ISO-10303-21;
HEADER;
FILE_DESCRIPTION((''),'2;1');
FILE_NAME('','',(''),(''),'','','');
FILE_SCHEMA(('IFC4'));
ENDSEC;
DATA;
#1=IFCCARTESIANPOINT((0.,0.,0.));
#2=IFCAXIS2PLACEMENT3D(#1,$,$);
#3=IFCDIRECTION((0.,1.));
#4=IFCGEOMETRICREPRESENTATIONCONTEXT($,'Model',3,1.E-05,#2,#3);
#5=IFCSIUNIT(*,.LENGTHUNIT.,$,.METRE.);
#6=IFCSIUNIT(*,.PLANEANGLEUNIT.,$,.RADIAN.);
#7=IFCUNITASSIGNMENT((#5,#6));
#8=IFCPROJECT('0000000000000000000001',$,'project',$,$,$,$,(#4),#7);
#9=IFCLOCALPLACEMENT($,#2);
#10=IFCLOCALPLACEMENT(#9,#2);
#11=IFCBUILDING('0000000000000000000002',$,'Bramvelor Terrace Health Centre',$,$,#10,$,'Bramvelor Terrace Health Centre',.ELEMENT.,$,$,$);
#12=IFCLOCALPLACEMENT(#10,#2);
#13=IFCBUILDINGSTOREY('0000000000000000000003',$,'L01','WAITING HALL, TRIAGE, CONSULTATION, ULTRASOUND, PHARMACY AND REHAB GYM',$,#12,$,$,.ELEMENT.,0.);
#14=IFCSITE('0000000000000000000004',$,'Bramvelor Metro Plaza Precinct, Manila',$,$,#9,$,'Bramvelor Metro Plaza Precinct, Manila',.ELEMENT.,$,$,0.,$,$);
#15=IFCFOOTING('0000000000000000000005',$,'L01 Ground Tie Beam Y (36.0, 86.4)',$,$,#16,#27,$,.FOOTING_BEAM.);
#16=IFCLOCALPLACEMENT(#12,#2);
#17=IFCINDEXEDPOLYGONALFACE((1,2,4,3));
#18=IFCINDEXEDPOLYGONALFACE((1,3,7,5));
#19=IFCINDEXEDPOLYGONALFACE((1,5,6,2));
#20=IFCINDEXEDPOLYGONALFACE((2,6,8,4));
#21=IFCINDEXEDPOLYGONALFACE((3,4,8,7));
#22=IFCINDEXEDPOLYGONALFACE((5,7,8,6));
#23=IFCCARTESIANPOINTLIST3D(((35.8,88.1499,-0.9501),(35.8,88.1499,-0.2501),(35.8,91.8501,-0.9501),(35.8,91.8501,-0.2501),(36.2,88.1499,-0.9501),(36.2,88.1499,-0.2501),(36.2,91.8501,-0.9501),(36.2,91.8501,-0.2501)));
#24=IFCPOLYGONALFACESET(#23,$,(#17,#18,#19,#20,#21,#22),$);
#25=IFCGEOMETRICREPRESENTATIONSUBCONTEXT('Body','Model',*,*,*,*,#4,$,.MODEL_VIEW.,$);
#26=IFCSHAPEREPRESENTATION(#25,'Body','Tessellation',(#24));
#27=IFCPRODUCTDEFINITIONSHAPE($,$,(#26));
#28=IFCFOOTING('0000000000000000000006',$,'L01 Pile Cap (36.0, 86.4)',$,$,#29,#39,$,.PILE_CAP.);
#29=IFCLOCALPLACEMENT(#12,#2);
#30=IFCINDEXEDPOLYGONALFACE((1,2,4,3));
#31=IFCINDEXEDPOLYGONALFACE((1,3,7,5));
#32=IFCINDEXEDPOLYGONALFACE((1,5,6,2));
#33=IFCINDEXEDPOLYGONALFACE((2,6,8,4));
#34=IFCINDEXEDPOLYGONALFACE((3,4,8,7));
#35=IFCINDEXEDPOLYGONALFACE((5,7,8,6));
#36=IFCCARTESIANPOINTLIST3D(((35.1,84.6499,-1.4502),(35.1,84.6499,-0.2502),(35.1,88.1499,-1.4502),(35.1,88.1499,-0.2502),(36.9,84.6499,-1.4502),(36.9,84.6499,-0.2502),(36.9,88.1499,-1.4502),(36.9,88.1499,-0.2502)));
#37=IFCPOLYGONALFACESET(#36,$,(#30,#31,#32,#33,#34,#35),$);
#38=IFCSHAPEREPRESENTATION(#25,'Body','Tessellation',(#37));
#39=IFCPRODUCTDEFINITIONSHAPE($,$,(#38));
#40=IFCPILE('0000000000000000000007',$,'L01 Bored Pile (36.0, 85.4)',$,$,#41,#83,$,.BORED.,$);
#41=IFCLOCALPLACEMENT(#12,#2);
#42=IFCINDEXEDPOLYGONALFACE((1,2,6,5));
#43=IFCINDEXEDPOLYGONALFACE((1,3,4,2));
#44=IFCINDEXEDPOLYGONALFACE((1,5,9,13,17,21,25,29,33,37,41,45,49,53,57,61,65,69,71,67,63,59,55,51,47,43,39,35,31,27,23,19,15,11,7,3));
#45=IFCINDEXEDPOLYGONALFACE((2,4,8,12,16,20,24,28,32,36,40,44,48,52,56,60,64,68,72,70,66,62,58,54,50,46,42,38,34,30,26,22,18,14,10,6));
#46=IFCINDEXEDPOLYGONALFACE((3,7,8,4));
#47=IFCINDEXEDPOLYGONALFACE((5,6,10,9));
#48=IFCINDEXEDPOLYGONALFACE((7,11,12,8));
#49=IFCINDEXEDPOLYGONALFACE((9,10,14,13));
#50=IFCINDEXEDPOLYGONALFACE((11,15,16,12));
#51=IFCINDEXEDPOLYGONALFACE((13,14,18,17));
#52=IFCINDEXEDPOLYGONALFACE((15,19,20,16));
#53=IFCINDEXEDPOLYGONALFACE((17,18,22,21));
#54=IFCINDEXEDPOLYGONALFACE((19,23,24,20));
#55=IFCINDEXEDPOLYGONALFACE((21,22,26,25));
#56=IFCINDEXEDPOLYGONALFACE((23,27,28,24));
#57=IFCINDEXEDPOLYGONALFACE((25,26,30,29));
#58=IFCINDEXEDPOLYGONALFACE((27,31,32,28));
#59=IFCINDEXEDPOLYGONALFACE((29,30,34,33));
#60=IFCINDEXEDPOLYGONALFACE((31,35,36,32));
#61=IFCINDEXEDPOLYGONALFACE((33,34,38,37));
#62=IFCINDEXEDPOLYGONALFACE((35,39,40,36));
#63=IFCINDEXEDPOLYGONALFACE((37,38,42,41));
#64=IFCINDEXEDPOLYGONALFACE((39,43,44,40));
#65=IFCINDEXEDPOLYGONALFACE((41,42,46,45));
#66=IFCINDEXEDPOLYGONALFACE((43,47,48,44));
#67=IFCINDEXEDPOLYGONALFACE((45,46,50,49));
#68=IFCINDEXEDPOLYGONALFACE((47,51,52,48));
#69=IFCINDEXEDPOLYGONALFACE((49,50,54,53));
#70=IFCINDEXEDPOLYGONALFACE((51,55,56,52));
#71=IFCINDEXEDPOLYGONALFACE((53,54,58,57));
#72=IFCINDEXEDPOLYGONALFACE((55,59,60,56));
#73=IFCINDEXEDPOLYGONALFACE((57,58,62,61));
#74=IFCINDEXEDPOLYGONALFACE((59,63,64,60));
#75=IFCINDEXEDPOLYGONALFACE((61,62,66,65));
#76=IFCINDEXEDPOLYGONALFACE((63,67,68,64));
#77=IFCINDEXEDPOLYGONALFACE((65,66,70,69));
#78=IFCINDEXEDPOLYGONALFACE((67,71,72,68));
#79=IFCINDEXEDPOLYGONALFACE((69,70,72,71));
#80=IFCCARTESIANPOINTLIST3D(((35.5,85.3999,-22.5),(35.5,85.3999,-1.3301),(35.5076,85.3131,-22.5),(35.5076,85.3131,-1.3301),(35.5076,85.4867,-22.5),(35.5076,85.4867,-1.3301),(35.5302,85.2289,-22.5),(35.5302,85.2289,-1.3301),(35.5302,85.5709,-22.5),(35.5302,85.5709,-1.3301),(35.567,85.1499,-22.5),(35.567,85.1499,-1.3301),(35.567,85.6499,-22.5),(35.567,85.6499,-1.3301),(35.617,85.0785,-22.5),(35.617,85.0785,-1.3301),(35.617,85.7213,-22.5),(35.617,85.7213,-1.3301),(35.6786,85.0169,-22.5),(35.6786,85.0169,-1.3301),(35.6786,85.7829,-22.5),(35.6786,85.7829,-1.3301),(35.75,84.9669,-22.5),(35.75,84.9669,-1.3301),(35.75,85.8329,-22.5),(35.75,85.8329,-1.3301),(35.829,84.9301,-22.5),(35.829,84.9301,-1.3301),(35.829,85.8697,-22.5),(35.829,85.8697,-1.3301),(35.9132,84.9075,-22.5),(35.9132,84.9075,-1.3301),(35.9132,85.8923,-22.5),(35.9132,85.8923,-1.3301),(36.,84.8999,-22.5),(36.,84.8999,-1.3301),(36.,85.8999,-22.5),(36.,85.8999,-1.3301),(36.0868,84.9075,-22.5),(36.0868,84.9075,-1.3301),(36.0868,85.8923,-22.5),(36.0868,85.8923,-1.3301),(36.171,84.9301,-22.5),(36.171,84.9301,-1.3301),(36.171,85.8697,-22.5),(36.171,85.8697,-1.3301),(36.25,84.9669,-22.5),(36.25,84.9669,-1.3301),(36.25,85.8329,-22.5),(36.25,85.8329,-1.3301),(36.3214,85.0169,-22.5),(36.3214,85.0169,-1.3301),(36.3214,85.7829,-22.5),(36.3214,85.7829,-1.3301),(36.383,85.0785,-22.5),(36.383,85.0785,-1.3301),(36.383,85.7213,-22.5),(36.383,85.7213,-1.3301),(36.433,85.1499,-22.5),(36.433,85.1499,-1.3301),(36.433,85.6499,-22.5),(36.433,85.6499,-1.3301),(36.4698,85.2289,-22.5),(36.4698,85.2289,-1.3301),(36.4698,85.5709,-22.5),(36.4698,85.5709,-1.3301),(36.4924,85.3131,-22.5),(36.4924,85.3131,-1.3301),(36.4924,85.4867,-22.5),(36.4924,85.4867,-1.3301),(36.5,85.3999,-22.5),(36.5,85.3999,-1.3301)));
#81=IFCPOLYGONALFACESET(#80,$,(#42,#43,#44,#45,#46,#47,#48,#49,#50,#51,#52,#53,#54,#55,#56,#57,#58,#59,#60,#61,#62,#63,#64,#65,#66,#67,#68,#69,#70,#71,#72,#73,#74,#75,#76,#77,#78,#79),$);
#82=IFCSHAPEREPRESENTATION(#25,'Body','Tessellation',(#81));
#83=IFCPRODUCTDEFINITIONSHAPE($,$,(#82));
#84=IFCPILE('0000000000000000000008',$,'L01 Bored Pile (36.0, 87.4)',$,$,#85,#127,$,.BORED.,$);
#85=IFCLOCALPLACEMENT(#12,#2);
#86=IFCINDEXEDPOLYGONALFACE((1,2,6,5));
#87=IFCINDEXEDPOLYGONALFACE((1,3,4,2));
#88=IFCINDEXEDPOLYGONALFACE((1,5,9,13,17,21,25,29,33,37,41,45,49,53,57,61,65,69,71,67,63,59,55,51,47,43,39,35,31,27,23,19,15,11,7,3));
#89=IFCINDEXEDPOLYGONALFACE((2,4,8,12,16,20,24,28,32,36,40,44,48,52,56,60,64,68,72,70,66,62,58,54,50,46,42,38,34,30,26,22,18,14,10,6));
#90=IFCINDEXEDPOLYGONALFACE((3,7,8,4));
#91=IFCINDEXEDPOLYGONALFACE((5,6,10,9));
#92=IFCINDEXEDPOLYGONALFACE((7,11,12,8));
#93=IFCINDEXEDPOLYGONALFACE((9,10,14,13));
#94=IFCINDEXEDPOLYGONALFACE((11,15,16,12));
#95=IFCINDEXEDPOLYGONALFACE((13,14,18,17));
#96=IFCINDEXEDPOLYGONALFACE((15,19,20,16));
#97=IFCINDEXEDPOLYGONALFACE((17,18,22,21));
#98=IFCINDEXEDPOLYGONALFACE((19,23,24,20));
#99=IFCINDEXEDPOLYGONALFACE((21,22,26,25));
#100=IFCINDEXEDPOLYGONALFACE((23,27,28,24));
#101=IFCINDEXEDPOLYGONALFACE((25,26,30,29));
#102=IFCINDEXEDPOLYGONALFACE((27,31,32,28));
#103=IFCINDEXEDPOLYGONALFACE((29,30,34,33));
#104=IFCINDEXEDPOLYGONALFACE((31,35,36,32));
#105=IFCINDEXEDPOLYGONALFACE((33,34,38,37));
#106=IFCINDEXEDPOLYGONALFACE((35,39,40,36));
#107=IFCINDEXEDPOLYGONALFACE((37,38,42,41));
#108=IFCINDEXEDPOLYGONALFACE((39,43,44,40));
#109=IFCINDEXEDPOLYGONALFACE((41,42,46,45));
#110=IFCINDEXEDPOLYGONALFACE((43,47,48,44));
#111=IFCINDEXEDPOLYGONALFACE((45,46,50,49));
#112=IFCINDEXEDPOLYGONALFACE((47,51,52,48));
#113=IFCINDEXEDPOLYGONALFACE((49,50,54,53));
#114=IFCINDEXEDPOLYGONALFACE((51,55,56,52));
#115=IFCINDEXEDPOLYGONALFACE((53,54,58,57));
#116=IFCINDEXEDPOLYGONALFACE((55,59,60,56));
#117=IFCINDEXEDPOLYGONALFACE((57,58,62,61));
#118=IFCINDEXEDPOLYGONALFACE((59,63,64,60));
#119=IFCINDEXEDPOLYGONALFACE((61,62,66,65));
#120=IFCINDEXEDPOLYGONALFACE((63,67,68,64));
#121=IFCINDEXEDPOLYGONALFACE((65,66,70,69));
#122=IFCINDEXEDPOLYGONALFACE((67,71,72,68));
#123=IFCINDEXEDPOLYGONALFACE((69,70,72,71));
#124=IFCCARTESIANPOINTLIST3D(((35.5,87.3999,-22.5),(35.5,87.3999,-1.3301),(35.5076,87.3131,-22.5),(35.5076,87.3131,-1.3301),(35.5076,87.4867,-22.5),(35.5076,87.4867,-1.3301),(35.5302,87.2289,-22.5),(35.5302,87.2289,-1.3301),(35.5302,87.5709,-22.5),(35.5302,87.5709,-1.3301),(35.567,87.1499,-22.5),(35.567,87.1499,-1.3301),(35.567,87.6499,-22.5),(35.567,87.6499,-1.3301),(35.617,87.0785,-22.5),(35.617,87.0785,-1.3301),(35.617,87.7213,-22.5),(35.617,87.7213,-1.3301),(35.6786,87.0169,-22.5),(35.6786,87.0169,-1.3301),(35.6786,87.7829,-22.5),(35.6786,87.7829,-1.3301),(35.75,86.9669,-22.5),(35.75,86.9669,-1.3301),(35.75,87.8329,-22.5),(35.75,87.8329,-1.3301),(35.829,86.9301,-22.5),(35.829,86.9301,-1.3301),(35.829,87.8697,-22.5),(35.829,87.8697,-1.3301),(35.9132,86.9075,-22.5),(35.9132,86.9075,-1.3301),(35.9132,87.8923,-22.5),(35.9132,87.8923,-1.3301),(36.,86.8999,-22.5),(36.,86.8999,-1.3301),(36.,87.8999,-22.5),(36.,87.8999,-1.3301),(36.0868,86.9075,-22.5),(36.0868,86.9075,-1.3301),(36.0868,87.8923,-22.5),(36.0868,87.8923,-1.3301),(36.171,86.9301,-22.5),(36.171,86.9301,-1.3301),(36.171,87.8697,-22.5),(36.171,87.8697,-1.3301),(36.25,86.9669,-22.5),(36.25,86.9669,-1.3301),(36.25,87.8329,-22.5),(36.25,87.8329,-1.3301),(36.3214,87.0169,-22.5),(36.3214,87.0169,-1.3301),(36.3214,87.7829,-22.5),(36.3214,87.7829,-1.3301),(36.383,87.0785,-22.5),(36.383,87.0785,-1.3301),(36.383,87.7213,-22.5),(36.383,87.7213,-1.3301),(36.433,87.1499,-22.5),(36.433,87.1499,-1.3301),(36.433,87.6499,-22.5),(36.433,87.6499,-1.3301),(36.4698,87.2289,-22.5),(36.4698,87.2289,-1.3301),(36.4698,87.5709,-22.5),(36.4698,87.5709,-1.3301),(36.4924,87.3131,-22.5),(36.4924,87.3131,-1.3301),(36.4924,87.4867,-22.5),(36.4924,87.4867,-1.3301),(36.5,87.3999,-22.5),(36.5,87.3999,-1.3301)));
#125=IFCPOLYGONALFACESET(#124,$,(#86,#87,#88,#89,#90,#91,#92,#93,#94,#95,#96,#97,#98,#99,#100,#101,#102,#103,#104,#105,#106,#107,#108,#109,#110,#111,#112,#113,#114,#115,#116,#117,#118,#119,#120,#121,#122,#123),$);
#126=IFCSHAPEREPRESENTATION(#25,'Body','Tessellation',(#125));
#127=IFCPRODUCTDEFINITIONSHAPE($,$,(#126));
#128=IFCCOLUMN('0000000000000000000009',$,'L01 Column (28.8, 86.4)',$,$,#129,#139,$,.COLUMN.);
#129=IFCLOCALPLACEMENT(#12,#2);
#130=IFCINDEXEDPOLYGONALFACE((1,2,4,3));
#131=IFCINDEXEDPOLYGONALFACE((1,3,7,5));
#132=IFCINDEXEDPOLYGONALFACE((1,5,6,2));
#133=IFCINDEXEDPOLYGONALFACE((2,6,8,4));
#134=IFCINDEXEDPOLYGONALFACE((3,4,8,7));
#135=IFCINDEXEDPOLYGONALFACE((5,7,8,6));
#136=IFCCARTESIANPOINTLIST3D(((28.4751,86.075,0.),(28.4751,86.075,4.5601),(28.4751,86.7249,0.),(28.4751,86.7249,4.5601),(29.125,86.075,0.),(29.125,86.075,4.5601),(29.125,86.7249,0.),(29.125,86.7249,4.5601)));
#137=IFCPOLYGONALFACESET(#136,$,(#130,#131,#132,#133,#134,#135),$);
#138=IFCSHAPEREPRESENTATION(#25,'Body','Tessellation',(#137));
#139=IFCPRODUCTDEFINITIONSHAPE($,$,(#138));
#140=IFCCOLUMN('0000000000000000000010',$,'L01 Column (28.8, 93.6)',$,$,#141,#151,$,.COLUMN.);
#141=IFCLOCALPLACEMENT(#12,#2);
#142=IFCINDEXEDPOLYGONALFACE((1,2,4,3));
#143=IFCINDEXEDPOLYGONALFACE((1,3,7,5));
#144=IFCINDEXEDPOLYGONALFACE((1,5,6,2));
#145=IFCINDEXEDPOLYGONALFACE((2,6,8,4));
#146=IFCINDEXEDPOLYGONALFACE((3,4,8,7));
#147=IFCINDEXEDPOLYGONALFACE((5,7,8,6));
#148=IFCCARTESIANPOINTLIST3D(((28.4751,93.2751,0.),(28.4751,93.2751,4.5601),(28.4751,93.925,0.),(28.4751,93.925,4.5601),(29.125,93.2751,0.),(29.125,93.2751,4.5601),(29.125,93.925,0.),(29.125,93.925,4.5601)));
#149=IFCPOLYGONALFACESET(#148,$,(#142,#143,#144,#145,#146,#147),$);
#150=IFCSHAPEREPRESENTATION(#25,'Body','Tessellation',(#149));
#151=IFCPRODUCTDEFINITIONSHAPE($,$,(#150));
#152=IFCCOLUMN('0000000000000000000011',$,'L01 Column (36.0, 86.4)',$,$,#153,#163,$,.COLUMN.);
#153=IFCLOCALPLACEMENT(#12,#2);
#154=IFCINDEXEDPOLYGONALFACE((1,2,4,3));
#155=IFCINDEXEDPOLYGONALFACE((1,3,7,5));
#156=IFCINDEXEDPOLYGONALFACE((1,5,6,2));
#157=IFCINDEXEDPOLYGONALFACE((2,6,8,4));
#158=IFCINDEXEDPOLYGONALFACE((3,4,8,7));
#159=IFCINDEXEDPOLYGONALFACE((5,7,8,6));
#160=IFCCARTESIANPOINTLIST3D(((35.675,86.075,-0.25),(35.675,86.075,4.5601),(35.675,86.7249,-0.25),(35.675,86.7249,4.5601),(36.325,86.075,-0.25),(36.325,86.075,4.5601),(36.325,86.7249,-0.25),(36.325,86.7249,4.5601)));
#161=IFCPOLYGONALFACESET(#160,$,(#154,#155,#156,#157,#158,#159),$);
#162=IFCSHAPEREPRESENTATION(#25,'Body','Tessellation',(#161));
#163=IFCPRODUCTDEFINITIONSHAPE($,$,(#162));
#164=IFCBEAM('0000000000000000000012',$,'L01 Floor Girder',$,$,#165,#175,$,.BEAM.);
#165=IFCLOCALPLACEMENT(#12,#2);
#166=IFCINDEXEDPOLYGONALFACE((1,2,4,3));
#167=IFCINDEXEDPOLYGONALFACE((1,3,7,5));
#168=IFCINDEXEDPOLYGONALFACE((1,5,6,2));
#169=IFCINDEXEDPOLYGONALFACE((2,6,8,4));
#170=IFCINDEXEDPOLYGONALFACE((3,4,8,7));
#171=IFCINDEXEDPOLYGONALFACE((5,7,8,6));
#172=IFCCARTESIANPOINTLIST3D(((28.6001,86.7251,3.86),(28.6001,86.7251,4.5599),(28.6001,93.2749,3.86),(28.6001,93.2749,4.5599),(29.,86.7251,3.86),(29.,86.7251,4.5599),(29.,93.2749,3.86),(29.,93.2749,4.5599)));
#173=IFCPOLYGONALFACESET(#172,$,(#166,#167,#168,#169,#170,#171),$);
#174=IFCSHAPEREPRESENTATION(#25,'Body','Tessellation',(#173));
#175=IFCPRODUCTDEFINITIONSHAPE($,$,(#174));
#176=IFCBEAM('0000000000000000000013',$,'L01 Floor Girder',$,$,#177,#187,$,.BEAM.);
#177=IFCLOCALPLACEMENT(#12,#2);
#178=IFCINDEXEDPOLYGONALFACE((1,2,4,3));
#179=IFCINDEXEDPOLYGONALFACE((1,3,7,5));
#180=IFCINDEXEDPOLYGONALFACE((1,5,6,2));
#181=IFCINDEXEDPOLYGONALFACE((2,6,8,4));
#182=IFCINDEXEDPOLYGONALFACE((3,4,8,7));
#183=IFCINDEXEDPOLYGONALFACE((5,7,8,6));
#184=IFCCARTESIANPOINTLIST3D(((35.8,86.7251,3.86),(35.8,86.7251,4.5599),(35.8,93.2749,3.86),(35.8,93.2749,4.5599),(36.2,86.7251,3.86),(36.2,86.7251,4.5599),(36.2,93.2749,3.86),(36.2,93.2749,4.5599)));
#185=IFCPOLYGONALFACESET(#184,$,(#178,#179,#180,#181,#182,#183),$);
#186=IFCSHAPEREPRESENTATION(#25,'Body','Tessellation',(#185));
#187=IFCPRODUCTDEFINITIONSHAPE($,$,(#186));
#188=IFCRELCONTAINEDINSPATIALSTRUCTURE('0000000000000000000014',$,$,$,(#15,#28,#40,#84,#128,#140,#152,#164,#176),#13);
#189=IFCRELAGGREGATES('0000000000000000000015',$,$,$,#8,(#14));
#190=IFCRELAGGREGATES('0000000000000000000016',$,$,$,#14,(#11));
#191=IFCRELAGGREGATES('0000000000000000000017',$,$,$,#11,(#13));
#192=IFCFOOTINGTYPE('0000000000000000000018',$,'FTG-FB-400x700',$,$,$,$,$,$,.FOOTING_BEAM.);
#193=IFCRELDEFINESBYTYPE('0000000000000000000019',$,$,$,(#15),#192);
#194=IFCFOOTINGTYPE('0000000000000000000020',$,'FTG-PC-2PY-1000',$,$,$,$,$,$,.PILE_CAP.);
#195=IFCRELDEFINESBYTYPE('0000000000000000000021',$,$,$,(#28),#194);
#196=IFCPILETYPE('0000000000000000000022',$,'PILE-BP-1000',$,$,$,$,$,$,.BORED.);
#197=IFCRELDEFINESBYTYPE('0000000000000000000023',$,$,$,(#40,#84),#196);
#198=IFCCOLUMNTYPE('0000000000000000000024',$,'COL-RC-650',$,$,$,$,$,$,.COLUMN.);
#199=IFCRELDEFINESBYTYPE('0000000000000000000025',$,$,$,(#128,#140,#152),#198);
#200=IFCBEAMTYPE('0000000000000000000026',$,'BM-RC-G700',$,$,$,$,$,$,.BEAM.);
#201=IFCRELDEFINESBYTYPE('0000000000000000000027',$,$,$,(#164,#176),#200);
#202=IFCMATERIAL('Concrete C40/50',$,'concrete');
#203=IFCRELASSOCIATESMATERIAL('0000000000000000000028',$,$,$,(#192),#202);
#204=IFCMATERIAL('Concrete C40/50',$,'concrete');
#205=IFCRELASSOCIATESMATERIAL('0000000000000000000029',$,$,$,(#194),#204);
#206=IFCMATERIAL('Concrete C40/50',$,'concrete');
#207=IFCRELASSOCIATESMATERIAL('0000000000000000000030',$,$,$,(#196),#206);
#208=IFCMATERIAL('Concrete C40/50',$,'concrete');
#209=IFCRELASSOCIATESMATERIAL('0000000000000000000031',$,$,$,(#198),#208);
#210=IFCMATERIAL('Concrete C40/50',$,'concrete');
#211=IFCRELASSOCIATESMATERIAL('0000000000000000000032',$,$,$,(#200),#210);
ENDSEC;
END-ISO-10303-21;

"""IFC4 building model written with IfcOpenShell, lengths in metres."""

from ifc_helpers import new_model, si_unit, direction, frame, origin, origin_2d, place, context, subcontext, project, spatial, rectangle, circle, extrude, material, material_profile, profile_set, type_object, element, save


model = new_model("IFC4")

# Units and contexts
model_context = context("Model", 3, precision=1e-05, world=origin(), true_north=direction((0.0, 1.0)))
body_context = subcontext(model_context, "Body", "Model", "MODEL_VIEW")
ifc_project = project(units=[si_unit("LENGTHUNIT", "METRE"), si_unit("PLANEANGLEUNIT", "RADIAN")], contexts=[model_context])

# Site, building, storey
site_placement = place(None, origin())
site = spatial("IfcSite", under=ifc_project, at=site_placement, Name="Bramvelor Metro Plaza Precinct, Manila", LongName="Bramvelor Metro Plaza Precinct, Manila", CompositionType="ELEMENT", RefElevation=0.0)
building_placement = place(site_placement, origin())
building = spatial("IfcBuilding", under=site, at=building_placement, Name="Bramvelor Terrace Health Centre", LongName="Bramvelor Terrace Health Centre", CompositionType="ELEMENT")
storey_placement = place(building_placement, origin())
storey = spatial("IfcBuildingStorey", under=building, at=storey_placement, Name="L01", Description="WAITING HALL, TRIAGE, CONSULTATION, ULTRASOUND, PHARMACY AND REHAB GYM", CompositionType="ELEMENT", Elevation=0.0)

# Footings
ifc_material_1 = material(Name="Concrete C40/50", Category="concrete")
ifc_material_profile_1 = material_profile(ifc_material_1, rectangle(XDim=0.3999, YDim=0.7, at=origin_2d()), Name="RC 400x700")
ifc_profile_set_1 = profile_set([ifc_material_profile_1], Name="Concrete C40/50")
footing_type_1 = type_object("IfcFootingType", Name="FTG-FB-400x700", PredefinedType="FOOTING_BEAM", material=ifc_profile_set_1)
footing_1_placement = place(storey_placement, frame((36.0, 88.1499, -0.6001), z_axis=(0.0, 1.0, 0.0), x_axis=(-1.0, 0.0, 0.0)))
element("IfcFooting", 1, at=footing_1_placement, inside=storey, type_object=footing_type_1, Name="L01 Ground Tie Beam Y (36.0, 86.4)", PredefinedType="FOOTING_BEAM", context=body_context, shape_type="SweptSolid", body=[
    extrude(rectangle(XDim=0.3999, YDim=0.7, at=origin_2d()), origin(), (0.0, 0.0, 1.0), 3.7002),
])
ifc_material_2 = material(Name="Concrete C40/50", Category="concrete")
footing_type_2 = type_object("IfcFootingType", Name="FTG-PC-2PY-1000", PredefinedType="PILE_CAP", material=ifc_material_2)
footing_2_placement = place(storey_placement, frame((36.0, 86.3999, -1.4502), z_axis=(0.0, 0.0, 1.0), x_axis=(1.0, 0.0, 0.0)))
element("IfcFooting", 2, at=footing_2_placement, inside=storey, type_object=footing_type_2, Name="L01 Pile Cap (36.0, 86.4)", PredefinedType="PILE_CAP", context=body_context, shape_type="SweptSolid", body=[
    extrude(rectangle(XDim=1.8, YDim=3.5, at=origin_2d()), origin(), (0.0, 0.0, 1.0), 1.2),
])

# Piles
ifc_material_3 = material(Name="Concrete C40/50", Category="concrete")
ifc_material_profile_2 = material_profile(ifc_material_3, circle(Radius=0.5, at=origin_2d()), Name="BP D1000")
ifc_profile_set_2 = profile_set([ifc_material_profile_2], Name="Concrete C40/50")
pile_type = type_object("IfcPileType", Name="PILE-BP-1000", PredefinedType="BORED", material=ifc_profile_set_2)
for number, where, z_axis, x_axis, name in (
    (3, (36.0, 85.3999, -1.3301), (0.0, 0.0, -1.0), (1.0, 0.0, 0.0), "L01 Bored Pile (36.0, 85.4)"),
    (4, (36.0, 87.3999, -1.3301), (0.0, 0.0, -1.0), (1.0, 0.0, 0.0), "L01 Bored Pile (36.0, 87.4)"),
):
    element("IfcPile", number, at=place(storey_placement, frame(where, z_axis=z_axis, x_axis=x_axis)), inside=storey, type_object=pile_type, Name=name, PredefinedType="BORED", context=body_context, shape_type="SweptSolid", body=[
        extrude(circle(Radius=0.5, at=origin_2d()), origin(), (0.0, 0.0, 1.0), 21.1699),
    ])

# Columns
ifc_material_4 = material(Name="Concrete C40/50", Category="concrete")
ifc_material_profile_3 = material_profile(ifc_material_4, rectangle(XDim=0.6499, YDim=0.6499, at=origin_2d()), Name="RC 650x650")
ifc_profile_set_3 = profile_set([ifc_material_profile_3], Name="Concrete C40/50")
column_type = type_object("IfcColumnType", Name="COL-RC-650", PredefinedType="COLUMN", material=ifc_profile_set_3)
for number, where, z_axis, x_axis, name in (
    (5, (28.8, 86.3999, 0.0), (0.0, 0.0, 1.0), (1.0, 0.0, 0.0), "L01 Column (28.8, 86.4)"),
    (6, (28.8, 93.6001, 0.0), (0.0, 0.0, 1.0), (1.0, 0.0, 0.0), "L01 Column (28.8, 93.6)"),
):
    element("IfcColumn", number, at=place(storey_placement, frame(where, z_axis=z_axis, x_axis=x_axis)), inside=storey, type_object=column_type, Name=name, PredefinedType="COLUMN", context=body_context, shape_type="SweptSolid", body=[
        extrude(rectangle(XDim=0.6499, YDim=0.6499, at=origin_2d()), origin(), (0.0, 0.0, 1.0), 4.5601),
    ])
column_placement = place(storey_placement, frame((36.0, 86.3999, -0.25), z_axis=(0.0, 0.0, 1.0), x_axis=(1.0, 0.0, 0.0)))
element("IfcColumn", 7, at=column_placement, inside=storey, type_object=column_type, Name="L01 Column (36.0, 86.4)", PredefinedType="COLUMN", context=body_context, shape_type="SweptSolid", body=[
    extrude(rectangle(XDim=0.6499, YDim=0.6499, at=origin_2d()), origin(), (0.0, 0.0, 1.0), 4.8101),
])

# Beams
ifc_material_5 = material(Name="Concrete C40/50", Category="concrete")
ifc_material_profile_4 = material_profile(ifc_material_5, rectangle(XDim=0.3999, YDim=0.7, at=origin_2d()), Name="RC 400x700")
ifc_profile_set_4 = profile_set([ifc_material_profile_4], Name="Concrete C40/50")
beam_type_1 = type_object("IfcBeamType", Name="BM-RC-G700", PredefinedType="BEAM", material=ifc_profile_set_4)
for number, where, z_axis, x_axis, name in (
    (8, (28.8, 86.7251, 4.21), (0.0, 1.0, 0.0), (-1.0, 0.0, 0.0), "L01 Floor Girder"),
    (9, (36.0, 86.7251, 4.21), (0.0, 1.0, 0.0), (-1.0, 0.0, 0.0), "L01 Floor Girder"),
):
    element("IfcBeam", number, at=place(storey_placement, frame(where, z_axis=z_axis, x_axis=x_axis)), inside=storey, type_object=beam_type_1, Name=name, PredefinedType="BEAM", context=body_context, shape_type="SweptSolid", body=[
        extrude(rectangle(XDim=0.3999, YDim=0.7, at=origin_2d()), origin(), (0.0, 0.0, 1.0), 6.5498),
    ])

save(model, "model.ifc")
